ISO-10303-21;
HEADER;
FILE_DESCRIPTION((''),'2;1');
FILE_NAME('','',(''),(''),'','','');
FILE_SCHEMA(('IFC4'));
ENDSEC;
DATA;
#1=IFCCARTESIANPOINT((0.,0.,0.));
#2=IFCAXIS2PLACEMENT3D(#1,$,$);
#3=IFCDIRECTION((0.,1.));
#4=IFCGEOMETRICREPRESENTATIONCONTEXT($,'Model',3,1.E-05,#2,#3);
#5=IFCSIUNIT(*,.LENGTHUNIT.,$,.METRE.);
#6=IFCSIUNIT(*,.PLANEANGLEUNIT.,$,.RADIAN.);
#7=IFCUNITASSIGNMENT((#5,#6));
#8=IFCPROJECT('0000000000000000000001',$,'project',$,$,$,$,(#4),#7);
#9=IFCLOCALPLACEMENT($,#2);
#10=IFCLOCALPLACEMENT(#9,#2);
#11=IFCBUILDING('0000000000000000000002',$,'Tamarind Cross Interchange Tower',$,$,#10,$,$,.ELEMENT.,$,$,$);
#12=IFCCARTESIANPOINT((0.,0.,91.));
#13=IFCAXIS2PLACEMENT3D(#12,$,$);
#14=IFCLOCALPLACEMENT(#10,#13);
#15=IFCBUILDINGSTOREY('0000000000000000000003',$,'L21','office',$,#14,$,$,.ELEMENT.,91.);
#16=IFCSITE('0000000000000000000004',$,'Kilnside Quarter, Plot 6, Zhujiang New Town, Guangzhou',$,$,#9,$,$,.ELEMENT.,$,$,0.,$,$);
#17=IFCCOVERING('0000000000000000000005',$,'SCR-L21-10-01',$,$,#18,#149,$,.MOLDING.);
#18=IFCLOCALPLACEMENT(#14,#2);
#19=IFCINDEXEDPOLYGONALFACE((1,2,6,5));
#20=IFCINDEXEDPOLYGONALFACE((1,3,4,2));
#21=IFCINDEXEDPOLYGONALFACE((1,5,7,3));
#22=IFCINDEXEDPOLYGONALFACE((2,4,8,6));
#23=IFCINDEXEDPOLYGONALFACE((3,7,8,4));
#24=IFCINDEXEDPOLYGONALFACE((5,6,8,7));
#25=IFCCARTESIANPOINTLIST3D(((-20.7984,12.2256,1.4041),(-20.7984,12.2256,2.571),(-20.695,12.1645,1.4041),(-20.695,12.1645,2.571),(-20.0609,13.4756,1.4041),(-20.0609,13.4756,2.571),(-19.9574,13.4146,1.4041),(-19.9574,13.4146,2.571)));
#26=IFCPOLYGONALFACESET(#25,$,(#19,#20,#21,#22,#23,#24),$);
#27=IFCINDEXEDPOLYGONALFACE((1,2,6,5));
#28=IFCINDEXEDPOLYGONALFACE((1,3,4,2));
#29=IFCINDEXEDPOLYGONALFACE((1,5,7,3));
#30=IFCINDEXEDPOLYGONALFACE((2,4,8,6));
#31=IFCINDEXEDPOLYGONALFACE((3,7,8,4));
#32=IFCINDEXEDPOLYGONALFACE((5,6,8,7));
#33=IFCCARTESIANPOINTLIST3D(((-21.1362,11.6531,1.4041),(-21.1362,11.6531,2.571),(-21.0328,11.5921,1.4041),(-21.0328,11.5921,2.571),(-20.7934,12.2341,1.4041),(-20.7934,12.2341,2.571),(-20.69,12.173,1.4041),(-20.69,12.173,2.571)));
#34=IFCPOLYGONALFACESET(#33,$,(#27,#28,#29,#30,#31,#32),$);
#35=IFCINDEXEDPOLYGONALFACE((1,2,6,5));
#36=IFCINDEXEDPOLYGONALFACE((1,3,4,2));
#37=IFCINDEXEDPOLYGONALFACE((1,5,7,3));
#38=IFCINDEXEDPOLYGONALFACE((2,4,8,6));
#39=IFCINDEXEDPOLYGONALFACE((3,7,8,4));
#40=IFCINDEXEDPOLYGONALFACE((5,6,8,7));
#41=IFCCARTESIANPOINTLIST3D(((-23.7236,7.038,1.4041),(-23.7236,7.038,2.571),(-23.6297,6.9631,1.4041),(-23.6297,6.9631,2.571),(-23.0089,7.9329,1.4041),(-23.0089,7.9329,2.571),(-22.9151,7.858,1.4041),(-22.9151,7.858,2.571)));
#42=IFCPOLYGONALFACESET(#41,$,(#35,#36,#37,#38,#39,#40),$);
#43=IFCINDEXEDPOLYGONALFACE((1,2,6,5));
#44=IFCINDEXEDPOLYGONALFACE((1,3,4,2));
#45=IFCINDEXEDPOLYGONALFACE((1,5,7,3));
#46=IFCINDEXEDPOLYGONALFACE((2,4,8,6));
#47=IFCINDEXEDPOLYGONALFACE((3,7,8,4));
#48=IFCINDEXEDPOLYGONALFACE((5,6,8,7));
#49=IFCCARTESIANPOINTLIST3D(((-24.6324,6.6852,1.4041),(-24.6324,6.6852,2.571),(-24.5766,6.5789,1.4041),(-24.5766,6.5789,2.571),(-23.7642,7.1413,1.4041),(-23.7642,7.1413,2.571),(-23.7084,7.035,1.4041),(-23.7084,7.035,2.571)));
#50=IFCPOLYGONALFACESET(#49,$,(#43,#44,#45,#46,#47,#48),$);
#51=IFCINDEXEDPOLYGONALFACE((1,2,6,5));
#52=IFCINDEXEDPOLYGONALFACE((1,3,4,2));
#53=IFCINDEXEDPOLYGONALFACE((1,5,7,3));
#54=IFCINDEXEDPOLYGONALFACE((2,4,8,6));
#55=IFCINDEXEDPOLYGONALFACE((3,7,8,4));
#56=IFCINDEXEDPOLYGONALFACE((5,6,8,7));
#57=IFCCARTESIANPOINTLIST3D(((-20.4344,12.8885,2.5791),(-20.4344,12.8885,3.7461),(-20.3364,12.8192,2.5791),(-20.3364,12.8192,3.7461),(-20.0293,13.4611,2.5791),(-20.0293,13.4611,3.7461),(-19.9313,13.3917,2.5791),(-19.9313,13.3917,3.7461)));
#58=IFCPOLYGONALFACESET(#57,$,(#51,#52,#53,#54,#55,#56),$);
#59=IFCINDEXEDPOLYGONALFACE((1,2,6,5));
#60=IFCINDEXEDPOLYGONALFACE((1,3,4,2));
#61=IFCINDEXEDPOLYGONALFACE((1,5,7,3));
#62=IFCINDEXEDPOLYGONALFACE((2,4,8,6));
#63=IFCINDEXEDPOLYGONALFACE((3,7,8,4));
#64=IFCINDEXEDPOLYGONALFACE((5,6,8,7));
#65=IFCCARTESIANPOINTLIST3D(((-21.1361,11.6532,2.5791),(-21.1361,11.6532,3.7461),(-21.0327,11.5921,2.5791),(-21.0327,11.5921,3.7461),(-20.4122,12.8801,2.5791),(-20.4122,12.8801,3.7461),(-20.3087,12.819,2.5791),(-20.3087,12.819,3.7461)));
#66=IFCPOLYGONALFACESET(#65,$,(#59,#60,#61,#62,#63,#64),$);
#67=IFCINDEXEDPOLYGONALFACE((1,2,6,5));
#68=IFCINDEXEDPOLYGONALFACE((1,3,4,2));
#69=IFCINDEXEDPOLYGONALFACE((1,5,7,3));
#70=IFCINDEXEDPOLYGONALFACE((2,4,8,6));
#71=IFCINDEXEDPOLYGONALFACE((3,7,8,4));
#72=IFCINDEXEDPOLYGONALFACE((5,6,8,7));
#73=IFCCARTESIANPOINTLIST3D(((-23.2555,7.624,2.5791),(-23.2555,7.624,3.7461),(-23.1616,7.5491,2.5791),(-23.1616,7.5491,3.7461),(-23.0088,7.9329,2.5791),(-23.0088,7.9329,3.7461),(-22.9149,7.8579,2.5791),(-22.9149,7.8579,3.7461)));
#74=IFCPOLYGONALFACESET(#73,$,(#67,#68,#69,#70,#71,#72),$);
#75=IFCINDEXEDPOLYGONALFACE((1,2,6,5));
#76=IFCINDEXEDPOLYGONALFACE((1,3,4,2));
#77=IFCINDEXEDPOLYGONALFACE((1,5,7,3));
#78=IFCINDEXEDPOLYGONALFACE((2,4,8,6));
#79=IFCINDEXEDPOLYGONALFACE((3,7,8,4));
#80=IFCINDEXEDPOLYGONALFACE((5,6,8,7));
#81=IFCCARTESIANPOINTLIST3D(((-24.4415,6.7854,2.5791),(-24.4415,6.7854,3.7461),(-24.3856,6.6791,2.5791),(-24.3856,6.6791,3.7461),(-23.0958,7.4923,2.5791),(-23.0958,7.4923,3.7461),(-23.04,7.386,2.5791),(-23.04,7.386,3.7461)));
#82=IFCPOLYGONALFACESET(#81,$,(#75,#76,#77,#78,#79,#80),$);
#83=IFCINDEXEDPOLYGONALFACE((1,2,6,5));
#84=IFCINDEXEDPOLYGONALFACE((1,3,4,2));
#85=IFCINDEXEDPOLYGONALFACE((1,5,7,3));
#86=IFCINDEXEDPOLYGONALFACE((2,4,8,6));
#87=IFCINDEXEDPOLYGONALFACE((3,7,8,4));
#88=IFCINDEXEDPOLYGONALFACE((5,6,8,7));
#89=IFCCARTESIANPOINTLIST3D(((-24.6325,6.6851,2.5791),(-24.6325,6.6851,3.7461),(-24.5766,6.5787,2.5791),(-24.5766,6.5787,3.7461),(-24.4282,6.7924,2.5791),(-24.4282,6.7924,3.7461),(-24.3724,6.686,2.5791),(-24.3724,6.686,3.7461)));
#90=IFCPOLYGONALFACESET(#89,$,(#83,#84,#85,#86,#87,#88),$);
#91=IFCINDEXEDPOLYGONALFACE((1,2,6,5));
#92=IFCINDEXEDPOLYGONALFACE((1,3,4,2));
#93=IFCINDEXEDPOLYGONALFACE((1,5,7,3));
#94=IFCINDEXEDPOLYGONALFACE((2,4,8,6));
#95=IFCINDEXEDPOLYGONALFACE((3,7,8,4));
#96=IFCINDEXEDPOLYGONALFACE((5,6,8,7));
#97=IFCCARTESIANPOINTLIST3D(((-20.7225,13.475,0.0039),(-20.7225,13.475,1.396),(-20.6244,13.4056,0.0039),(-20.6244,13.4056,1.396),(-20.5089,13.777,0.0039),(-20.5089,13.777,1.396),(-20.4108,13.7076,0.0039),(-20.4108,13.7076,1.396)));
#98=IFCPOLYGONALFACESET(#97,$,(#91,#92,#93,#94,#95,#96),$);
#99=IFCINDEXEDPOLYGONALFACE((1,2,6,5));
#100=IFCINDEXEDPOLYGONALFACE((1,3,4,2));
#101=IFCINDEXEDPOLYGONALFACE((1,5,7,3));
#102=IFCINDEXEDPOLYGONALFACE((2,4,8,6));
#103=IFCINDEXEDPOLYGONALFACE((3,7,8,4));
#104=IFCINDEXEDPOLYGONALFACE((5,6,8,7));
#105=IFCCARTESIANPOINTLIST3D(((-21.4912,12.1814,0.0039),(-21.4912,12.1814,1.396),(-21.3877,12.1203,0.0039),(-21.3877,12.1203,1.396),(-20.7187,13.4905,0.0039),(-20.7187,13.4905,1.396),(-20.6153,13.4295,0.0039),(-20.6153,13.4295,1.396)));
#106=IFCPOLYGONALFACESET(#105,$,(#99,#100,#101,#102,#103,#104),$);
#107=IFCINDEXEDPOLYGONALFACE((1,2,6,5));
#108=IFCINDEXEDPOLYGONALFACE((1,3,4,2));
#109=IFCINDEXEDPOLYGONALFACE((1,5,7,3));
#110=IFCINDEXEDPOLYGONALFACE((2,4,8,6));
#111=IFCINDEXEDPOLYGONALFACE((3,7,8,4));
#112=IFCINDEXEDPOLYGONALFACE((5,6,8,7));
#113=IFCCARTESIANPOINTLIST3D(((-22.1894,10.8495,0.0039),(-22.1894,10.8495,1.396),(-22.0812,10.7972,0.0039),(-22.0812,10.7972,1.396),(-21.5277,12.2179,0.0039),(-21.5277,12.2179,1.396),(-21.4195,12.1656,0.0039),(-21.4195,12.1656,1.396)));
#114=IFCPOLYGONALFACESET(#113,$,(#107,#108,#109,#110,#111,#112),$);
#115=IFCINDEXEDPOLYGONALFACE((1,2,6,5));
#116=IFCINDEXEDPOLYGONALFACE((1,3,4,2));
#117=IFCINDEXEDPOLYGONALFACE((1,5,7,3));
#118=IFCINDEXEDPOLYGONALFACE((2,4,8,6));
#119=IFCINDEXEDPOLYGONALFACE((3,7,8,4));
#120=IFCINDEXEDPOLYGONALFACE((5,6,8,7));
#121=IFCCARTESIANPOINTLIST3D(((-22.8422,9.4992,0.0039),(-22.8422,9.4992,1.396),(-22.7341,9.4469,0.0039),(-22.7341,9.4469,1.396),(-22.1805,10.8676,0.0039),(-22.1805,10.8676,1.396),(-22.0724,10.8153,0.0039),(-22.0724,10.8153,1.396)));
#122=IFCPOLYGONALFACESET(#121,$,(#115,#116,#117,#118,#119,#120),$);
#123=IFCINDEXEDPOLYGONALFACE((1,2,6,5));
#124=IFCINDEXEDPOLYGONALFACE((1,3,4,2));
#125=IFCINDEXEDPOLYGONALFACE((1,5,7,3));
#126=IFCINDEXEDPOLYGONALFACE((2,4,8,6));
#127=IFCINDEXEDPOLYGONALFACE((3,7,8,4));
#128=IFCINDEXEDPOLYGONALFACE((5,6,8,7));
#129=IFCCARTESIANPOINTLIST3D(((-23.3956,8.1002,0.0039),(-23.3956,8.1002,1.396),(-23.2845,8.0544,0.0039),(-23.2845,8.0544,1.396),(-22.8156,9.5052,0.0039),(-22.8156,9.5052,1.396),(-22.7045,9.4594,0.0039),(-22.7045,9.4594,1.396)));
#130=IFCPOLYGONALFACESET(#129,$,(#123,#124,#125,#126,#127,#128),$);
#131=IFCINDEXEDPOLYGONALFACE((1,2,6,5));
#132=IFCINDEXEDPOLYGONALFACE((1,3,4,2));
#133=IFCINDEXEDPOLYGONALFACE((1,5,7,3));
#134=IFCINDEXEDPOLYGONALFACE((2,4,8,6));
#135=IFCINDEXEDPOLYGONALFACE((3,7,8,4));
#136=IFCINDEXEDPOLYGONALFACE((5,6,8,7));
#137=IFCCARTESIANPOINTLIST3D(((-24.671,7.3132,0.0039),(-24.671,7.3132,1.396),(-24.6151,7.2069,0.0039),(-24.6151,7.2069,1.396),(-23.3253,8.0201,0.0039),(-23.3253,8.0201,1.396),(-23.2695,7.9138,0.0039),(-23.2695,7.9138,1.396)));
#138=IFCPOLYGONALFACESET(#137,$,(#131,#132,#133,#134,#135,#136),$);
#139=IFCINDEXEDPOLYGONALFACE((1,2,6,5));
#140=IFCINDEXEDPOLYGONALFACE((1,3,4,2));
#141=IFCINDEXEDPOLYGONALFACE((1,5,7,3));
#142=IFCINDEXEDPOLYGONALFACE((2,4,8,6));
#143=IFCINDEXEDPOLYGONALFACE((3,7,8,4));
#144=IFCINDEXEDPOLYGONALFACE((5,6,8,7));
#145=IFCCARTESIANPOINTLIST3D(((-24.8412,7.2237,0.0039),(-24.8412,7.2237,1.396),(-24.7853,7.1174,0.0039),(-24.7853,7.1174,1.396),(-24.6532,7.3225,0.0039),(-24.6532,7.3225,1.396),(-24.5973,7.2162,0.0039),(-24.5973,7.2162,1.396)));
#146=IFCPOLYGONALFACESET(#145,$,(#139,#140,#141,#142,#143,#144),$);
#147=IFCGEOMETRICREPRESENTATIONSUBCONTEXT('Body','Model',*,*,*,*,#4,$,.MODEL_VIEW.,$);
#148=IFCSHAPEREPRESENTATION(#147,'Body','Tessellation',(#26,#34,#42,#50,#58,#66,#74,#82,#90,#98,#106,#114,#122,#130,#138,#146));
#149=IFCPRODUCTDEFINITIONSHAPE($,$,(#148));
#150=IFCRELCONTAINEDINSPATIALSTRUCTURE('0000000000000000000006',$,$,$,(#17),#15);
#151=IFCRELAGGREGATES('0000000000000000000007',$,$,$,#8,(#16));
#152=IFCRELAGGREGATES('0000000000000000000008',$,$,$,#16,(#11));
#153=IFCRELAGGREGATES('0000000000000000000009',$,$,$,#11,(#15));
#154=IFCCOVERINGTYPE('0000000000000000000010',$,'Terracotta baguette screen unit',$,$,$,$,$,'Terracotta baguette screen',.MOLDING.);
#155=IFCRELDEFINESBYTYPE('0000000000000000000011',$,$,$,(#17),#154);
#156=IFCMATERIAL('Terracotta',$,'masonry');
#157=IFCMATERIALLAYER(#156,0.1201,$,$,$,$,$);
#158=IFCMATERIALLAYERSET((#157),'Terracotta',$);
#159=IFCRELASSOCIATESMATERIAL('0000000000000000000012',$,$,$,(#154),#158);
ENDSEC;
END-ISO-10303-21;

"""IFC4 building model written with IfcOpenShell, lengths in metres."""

from ifc_helpers import new_model, si_unit, direction, frame, origin, origin_2d, place, context, subcontext, project, spatial, rectangle, extrude, material, layer, layer_set, type_object, element, save


model = new_model("IFC4")

# Units and contexts
model_context = context("Model", 3, precision=1e-05, world=origin(), true_north=direction((0.0, 1.0)))
body_context = subcontext(model_context, "Body", "Model", "MODEL_VIEW")
ifc_project = project(units=[si_unit("LENGTHUNIT", "METRE"), si_unit("PLANEANGLEUNIT", "RADIAN")], contexts=[model_context])

# Site, building, storey
site_placement = place(None, origin())
site = spatial("IfcSite", under=ifc_project, at=site_placement, Name="Kilnside Quarter, Plot 6, Zhujiang New Town, Guangzhou", CompositionType="ELEMENT", RefElevation=0.0)
building_placement = place(site_placement, origin())
building = spatial("IfcBuilding", under=site, at=building_placement, Name="Tamarind Cross Interchange Tower", CompositionType="ELEMENT")
storey_placement = place(building_placement, frame((0.0, 0.0, 91.0)))
storey = spatial("IfcBuildingStorey", under=building, at=storey_placement, Name="L21", Description="office", CompositionType="ELEMENT", Elevation=91.0)

# Covering
ifc_material_1 = material(Name="Terracotta", Category="masonry")
ifc_layer_1 = layer(ifc_material_1, 0.1201)
ifc_layer_set_1 = layer_set([ifc_layer_1], Name="Terracotta")
covering_type = type_object("IfcCoveringType", Name="Terracotta baguette screen unit", ElementType="Terracotta baguette screen", PredefinedType="MOLDING", material=ifc_layer_set_1)
covering_1_placement = place(storey_placement, origin())
element("IfcCovering", 1, at=covering_1_placement, inside=storey, type_object=covering_type, Name="SCR-L21-10-01", PredefinedType="MOLDING", context=body_context, shape_type="SweptSolid", body=[
    extrude(rectangle(XDim=1.4514, YDim=0.1201, at=origin_2d()), frame((-20.3779, 12.8201, 1.4041), z_axis=(0.0, 0.0, 1.0), x_axis=(-0.508183, -0.861249, 0.0)), (0.0, 0.0, 1.0), 1.167),
    extrude(rectangle(XDim=0.6746, YDim=0.1201, at=origin_2d()), frame((-20.9131, 11.9131, 1.4041), z_axis=(0.0, 0.0, 1.0), x_axis=(-0.508183, -0.861249, 0.0)), (0.0, 0.0, 1.0), 1.167),
    extrude(rectangle(XDim=1.1453, YDim=0.1201, at=origin_2d()), frame((-23.3193, 7.448, 1.4041), z_axis=(0.0, 0.0, 1.0), x_axis=(-0.62402, -0.781409, 0.0)), (0.0, 0.0, 1.0), 1.167),
    extrude(rectangle(XDim=0.9807, YDim=0.1201, at=origin_2d()), frame((-24.1704, 6.8601, 1.4041), z_axis=(0.0, 0.0, 1.0), x_axis=(-0.885278, -0.465062, 0.0)), (0.0, 0.0, 1.0), 1.167),
    extrude(rectangle(XDim=0.7014, YDim=0.1201, at=origin_2d()), frame((-20.1829, 13.1401, 2.5791), z_axis=(0.0, 0.0, 1.0), x_axis=(-0.577569, -0.816342, 0.0)), (0.0, 0.0, 1.0), 1.167),
    extrude(rectangle(XDim=1.4246, YDim=0.1201, at=origin_2d()), frame((-20.7224, 12.2361, 2.5791), z_axis=(0.0, 0.0, 1.0), x_axis=(-0.508183, -0.861249, 0.0)), (0.0, 0.0, 1.0), 1.167),
    extrude(rectangle(XDim=0.3953, YDim=0.1201, at=origin_2d()), frame((-23.0852, 7.741, 2.5791), z_axis=(0.0, 0.0, 1.0), x_axis=(-0.62402, -0.781409, 0.0)), (0.0, 0.0, 1.0), 1.167),
    extrude(rectangle(XDim=1.52, YDim=0.1201, at=origin_2d()), frame((-23.7407, 7.0857, 2.5791), z_axis=(0.0, 0.0, 1.0), x_axis=(-0.885278, -0.465062, 0.0)), (0.0, 0.0, 1.0), 1.167),
    extrude(rectangle(XDim=0.2307, YDim=0.1201, at=origin_2d()), frame((-24.5024, 6.6855, 2.5791), z_axis=(0.0, 0.0, 1.0), x_axis=(-0.885278, -0.465062, 0.0)), (0.0, 0.0, 1.0), 1.167),
    extrude(rectangle(XDim=0.3699, YDim=0.1201, at=origin_2d()), frame((-20.5667, 13.5913, 0.0039), z_axis=(0.0, 0.0, 1.0), x_axis=(-0.577569, -0.816342, 0.0)), (0.0, 0.0, 1.0), 1.3921),
    extrude(rectangle(XDim=1.52, YDim=0.1201, at=origin_2d()), frame((-21.0532, 12.8054, 0.0039), z_axis=(0.0, 0.0, 1.0), x_axis=(-0.508183, -0.861249, 0.0)), (0.0, 0.0, 1.0), 1.3921),
    extrude(rectangle(XDim=1.52, YDim=0.1201, at=origin_2d()), frame((-21.8044, 11.5076, 0.0039), z_axis=(0.0, 0.0, 1.0), x_axis=(-0.435326, -0.900273, 0.0)), (0.0, 0.0, 1.0), 1.3921),
    extrude(rectangle(XDim=1.52, YDim=0.1201, at=origin_2d()), frame((-22.4573, 10.1572, 0.0039), z_axis=(0.0, 0.0, 1.0), x_axis=(-0.435326, -0.900273, 0.0)), (0.0, 0.0, 1.0), 1.3921),
    extrude(rectangle(XDim=1.52, YDim=0.1201, at=origin_2d()), frame((-23.05, 8.7798, 0.0039), z_axis=(0.0, 0.0, 1.0), x_axis=(-0.381575, -0.924338, 0.0)), (0.0, 0.0, 1.0), 1.3921),
    extrude(rectangle(XDim=1.52, YDim=0.1201, at=origin_2d()), frame((-23.9702, 7.6135, 0.0039), z_axis=(0.0, 0.0, 1.0), x_axis=(-0.885278, -0.465062, 0.0)), (0.0, 0.0, 1.0), 1.3921),
    extrude(rectangle(XDim=0.2124, YDim=0.1201, at=origin_2d()), frame((-24.7192, 7.22, 0.0039), z_axis=(0.0, 0.0, 1.0), x_axis=(-0.885278, -0.465062, 0.0)), (0.0, 0.0, 1.0), 1.3921),
])

save(model, "model.ifc")
